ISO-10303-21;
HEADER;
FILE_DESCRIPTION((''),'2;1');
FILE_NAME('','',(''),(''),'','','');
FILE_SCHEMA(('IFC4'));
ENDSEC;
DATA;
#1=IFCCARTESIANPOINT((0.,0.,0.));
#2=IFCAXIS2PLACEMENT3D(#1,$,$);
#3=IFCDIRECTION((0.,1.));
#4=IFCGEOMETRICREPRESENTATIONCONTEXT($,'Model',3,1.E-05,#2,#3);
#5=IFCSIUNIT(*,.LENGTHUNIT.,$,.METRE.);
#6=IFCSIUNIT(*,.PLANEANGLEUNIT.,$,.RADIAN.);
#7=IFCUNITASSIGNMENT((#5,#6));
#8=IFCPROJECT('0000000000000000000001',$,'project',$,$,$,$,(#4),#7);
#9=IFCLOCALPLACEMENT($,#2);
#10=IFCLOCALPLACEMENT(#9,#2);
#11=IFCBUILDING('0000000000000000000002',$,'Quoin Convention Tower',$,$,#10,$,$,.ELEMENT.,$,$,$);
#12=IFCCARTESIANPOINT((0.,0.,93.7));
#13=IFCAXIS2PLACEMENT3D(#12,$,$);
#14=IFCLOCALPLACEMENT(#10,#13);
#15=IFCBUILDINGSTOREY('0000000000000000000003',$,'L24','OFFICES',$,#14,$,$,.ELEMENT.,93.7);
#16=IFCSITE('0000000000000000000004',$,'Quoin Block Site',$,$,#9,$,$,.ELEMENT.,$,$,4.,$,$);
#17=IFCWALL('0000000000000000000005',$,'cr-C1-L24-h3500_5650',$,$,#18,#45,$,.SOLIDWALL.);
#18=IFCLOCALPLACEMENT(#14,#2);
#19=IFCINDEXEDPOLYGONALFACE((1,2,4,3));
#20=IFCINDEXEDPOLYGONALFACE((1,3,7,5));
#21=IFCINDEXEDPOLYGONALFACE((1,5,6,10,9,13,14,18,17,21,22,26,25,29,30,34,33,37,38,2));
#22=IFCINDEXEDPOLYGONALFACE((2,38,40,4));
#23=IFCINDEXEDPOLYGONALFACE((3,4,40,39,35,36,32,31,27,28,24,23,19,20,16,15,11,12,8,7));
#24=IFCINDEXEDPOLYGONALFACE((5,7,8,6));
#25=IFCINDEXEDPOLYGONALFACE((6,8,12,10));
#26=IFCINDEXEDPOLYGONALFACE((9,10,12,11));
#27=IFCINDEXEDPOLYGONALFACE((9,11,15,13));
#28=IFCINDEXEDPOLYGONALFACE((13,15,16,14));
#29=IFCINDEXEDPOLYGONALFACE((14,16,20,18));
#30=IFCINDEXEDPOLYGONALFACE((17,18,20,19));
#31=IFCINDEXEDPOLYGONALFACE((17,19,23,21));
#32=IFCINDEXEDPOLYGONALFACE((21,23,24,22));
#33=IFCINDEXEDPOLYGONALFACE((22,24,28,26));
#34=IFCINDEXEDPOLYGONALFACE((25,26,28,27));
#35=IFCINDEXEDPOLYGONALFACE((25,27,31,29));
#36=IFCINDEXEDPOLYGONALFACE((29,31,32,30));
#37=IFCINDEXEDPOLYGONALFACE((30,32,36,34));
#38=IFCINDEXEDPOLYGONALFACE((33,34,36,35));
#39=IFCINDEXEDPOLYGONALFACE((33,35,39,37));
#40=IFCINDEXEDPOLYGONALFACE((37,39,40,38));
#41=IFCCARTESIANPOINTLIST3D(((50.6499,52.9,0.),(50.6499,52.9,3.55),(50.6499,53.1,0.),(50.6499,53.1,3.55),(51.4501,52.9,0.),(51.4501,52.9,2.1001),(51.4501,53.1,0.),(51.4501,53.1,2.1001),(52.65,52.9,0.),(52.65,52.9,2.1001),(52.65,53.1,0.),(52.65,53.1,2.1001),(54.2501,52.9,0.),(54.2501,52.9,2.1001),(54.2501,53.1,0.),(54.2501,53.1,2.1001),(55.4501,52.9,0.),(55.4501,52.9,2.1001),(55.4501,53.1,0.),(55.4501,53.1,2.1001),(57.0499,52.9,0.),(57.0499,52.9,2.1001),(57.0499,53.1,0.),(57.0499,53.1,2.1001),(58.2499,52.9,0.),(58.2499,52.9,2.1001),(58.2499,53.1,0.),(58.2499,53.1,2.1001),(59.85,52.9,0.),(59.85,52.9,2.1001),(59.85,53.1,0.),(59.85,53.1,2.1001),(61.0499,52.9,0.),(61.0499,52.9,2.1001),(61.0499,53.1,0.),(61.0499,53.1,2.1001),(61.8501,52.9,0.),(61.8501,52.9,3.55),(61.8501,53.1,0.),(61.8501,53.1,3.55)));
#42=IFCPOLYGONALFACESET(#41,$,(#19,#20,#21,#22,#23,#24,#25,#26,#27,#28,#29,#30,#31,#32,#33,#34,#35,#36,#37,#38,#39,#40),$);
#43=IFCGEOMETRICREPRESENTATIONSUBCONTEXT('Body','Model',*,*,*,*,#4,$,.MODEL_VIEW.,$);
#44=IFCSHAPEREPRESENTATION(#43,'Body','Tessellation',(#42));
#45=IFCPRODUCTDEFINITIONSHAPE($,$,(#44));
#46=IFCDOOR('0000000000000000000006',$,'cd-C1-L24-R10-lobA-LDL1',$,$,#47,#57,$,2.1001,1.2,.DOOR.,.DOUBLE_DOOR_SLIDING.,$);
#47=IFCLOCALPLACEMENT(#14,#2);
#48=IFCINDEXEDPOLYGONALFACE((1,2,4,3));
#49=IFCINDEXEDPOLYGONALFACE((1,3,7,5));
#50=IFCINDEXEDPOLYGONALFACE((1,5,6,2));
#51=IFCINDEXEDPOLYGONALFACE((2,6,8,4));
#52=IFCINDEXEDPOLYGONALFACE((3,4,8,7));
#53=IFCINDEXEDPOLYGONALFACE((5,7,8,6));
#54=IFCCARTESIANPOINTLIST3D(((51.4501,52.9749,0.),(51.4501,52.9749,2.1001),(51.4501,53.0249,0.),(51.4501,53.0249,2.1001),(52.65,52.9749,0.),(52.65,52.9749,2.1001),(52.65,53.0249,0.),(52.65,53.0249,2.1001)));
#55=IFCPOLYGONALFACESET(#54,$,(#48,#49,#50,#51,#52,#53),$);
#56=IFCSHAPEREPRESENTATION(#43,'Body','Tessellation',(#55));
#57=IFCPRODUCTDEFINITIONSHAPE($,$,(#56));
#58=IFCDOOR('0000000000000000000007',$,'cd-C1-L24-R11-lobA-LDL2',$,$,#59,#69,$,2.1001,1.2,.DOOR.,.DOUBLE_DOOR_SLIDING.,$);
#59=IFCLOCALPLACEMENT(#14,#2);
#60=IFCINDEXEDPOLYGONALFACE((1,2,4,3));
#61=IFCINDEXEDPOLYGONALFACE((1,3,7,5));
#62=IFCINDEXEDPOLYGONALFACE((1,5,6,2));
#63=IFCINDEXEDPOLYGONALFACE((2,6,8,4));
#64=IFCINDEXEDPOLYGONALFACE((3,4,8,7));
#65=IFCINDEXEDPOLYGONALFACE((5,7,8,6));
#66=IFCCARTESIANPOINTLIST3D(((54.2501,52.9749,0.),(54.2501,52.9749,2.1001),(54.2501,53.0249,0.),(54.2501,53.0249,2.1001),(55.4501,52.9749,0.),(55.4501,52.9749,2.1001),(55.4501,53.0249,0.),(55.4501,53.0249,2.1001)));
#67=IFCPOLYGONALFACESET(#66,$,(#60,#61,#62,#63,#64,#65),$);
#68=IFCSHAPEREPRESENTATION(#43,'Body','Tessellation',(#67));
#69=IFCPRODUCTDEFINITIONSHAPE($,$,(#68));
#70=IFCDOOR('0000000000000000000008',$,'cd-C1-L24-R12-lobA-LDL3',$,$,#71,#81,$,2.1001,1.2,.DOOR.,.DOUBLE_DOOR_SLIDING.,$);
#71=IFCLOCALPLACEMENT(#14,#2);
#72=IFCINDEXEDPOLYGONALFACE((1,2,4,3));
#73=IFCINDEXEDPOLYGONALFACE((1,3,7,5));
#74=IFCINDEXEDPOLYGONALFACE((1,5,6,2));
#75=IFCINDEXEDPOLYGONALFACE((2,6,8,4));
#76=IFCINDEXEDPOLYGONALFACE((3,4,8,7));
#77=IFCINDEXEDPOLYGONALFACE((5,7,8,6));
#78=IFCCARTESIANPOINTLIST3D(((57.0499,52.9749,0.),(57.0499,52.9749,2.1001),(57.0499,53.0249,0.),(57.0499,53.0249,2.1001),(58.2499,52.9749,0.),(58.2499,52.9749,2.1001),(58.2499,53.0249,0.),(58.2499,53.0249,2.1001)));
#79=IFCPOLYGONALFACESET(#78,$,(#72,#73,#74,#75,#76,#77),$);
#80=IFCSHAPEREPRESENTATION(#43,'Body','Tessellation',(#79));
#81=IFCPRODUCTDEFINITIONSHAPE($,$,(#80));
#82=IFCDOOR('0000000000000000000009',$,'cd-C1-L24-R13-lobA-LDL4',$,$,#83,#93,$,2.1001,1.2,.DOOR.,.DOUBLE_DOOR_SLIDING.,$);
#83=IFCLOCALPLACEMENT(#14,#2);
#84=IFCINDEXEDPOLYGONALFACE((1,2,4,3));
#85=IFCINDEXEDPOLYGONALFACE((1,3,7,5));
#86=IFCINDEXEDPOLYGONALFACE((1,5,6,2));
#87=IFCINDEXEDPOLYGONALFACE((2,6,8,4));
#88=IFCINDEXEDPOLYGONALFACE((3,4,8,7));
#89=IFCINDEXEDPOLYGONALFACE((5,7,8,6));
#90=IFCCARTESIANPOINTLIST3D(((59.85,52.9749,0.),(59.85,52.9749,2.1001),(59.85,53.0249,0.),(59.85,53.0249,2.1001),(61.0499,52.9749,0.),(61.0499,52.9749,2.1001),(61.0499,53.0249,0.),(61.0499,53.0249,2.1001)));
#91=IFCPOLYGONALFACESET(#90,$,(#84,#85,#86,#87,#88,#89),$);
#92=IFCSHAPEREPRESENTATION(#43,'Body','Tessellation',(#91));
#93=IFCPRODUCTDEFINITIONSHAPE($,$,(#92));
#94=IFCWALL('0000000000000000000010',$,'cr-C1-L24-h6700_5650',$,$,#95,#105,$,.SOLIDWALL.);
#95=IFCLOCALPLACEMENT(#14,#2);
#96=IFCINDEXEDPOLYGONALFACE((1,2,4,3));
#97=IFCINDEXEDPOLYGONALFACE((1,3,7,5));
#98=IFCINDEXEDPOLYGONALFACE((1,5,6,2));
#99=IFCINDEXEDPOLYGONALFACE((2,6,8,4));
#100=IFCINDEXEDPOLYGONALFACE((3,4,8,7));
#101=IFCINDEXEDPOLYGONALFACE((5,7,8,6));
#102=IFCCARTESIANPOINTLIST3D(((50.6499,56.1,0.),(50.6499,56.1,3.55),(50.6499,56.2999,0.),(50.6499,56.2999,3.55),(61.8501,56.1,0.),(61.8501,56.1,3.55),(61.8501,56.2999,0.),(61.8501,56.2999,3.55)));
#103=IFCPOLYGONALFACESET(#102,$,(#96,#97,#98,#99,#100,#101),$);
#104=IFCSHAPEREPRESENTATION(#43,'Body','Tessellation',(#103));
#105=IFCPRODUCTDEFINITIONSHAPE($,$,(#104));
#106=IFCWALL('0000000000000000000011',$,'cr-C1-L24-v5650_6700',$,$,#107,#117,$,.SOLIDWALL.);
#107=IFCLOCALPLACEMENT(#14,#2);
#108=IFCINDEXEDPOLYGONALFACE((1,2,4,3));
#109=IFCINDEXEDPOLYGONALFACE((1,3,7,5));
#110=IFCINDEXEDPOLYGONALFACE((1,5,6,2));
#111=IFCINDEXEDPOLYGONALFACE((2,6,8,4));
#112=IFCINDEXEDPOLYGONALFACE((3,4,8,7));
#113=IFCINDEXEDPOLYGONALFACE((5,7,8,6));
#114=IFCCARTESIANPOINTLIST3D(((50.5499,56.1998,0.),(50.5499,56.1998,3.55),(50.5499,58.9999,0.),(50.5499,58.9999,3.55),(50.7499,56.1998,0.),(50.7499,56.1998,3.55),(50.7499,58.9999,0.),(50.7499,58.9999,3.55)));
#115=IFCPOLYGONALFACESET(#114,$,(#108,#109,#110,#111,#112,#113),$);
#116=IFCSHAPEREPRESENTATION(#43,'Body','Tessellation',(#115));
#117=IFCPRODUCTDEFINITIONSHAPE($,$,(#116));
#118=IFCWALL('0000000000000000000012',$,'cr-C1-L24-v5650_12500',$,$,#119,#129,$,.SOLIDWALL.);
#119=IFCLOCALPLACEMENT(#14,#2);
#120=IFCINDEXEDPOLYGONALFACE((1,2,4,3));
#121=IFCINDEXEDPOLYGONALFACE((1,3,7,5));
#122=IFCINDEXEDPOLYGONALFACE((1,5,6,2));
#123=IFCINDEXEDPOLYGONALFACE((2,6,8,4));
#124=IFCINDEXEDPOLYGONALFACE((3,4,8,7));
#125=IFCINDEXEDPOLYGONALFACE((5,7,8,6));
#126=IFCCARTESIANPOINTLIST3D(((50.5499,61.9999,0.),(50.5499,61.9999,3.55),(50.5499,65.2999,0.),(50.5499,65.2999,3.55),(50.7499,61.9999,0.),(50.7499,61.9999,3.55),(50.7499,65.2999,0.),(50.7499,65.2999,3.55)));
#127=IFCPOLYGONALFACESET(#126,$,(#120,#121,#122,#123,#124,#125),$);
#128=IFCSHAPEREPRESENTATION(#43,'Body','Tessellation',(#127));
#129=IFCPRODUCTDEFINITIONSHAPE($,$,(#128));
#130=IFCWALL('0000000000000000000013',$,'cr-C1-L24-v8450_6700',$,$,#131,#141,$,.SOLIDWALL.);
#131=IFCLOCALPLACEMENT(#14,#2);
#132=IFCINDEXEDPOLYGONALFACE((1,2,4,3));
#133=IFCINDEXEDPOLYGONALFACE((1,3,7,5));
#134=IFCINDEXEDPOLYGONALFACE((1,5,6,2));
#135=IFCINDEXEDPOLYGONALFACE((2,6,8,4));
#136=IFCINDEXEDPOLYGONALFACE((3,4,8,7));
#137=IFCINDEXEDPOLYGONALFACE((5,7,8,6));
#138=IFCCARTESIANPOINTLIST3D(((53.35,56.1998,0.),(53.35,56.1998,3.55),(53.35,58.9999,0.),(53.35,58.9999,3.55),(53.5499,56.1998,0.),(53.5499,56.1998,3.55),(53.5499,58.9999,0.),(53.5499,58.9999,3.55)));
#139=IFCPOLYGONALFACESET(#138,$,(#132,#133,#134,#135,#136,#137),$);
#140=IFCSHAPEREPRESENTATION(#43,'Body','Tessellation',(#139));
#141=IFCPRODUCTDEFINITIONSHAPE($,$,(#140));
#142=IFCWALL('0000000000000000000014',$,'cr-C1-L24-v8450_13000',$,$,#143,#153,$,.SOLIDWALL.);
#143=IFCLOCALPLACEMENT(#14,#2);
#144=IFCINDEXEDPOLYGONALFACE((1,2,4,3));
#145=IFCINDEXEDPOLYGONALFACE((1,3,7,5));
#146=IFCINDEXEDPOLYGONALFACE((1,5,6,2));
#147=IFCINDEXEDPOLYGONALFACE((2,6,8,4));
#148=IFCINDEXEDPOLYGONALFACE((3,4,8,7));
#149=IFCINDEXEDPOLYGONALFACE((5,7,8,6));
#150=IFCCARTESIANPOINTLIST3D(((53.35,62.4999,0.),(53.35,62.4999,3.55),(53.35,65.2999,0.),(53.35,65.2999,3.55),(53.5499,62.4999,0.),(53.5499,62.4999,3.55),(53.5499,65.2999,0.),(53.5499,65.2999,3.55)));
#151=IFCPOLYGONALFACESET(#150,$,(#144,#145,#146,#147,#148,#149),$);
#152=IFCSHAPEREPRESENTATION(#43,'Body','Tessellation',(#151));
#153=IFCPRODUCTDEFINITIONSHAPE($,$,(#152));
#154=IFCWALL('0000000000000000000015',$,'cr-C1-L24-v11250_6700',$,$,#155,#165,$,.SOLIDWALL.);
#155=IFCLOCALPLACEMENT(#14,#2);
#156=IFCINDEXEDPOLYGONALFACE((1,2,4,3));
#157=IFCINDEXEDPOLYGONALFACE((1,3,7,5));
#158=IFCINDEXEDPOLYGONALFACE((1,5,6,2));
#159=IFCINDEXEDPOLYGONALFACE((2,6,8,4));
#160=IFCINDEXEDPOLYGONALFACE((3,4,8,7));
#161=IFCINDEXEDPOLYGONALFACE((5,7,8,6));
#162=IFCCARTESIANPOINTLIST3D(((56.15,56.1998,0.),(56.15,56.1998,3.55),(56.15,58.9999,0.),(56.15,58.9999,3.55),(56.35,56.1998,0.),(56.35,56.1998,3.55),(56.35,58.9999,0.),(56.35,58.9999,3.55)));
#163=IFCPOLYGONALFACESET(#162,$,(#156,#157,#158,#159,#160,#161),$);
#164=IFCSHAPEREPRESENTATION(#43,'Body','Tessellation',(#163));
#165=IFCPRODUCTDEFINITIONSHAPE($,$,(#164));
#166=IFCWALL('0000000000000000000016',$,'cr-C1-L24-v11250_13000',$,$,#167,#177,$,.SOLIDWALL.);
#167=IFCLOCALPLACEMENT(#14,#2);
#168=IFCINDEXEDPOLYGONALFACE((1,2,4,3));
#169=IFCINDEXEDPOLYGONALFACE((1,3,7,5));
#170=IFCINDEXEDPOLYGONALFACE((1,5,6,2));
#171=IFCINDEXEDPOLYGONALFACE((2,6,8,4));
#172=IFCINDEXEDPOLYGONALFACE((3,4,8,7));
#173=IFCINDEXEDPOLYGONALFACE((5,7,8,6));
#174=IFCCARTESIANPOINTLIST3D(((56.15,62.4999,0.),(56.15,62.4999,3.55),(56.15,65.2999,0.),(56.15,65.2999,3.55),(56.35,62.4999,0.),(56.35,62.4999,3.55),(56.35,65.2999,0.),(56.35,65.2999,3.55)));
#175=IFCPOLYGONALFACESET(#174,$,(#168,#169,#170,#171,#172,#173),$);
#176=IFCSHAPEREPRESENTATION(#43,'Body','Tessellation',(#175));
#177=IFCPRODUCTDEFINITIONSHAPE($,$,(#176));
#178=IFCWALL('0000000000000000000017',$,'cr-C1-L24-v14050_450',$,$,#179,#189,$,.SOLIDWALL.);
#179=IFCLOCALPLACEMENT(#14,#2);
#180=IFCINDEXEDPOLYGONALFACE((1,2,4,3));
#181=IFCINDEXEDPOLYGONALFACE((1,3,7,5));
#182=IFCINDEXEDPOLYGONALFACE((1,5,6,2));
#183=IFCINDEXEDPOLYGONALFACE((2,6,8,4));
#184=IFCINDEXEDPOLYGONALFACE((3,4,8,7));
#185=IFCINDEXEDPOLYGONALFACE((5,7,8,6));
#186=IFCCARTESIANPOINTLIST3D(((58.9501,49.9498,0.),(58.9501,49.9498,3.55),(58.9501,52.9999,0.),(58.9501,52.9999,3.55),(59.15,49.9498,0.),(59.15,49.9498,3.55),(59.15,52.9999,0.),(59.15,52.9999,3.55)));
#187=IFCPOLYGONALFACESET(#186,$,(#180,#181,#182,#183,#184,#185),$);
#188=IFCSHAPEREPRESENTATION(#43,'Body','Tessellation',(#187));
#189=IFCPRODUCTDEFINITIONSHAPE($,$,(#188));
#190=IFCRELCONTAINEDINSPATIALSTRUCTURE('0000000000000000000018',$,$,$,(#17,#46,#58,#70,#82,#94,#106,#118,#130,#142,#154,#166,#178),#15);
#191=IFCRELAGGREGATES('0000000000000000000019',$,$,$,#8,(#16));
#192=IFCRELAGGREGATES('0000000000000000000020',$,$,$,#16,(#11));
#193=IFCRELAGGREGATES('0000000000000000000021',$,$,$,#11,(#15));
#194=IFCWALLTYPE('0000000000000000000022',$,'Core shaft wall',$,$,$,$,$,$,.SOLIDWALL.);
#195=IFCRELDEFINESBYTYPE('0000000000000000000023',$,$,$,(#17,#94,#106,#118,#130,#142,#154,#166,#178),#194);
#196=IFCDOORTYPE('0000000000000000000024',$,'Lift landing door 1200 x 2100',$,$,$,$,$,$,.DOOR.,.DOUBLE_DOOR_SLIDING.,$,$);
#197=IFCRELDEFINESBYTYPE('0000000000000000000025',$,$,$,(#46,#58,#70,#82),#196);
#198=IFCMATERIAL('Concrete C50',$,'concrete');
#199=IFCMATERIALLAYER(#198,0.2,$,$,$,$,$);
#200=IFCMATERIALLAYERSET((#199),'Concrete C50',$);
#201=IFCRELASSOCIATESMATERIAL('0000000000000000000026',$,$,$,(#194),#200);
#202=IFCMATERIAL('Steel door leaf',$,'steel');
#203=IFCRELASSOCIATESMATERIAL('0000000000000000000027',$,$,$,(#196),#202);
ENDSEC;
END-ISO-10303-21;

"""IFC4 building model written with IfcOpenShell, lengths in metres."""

from ifc_helpers import new_model, si_unit, direction, frame, frame_2d, origin, place, context, subcontext, project, spatial, rectangle, extrude, material, layer, layer_set, type_object, element, fill, save


model = new_model("IFC4")

# Units and contexts
model_context = context("Model", 3, precision=1e-05, world=origin(), true_north=direction((0.0, 1.0)))
body_context = subcontext(model_context, "Body", "Model", "MODEL_VIEW")
ifc_project = project(units=[si_unit("LENGTHUNIT", "METRE"), si_unit("PLANEANGLEUNIT", "RADIAN")], contexts=[model_context])

# Site, building, storey
site_placement = place(None, origin())
site = spatial("IfcSite", under=ifc_project, at=site_placement, Name="Quoin Block Site", CompositionType="ELEMENT", RefElevation=4.0)
building_placement = place(site_placement, origin())
building = spatial("IfcBuilding", under=site, at=building_placement, Name="Quoin Convention Tower", CompositionType="ELEMENT")
storey_placement = place(building_placement, frame((0.0, 0.0, 93.7)))
storey = spatial("IfcBuildingStorey", under=building, at=storey_placement, Name="L24", Description="OFFICES", CompositionType="ELEMENT", Elevation=93.7)

# Wall, openings, doors
ifc_material_1 = material(Name="Concrete C50", Category="concrete")
ifc_layer_1 = layer(ifc_material_1, 0.2)
ifc_layer_set_1 = layer_set([ifc_layer_1], Name="Concrete C50")
wall_type_1 = type_object("IfcWallType", Name="Core shaft wall", PredefinedType="SOLIDWALL", material=ifc_layer_set_1)
wall_1_placement = place(storey_placement, frame((50.6499, 53.0, 0.0), z_axis=(0.0, 0.0, 1.0), x_axis=(1.0, 0.0, 0.0)))
wall_1 = element("IfcWall", 1, at=wall_1_placement, inside=storey, type_object=wall_type_1, Name="cr-C1-L24-h3500_5650", PredefinedType="SOLIDWALL", context=body_context, shape_type="SweptSolid", body=[
    extrude(rectangle(XDim=11.2002, YDim=0.2, at=frame_2d((5.6001, 0.0))), origin(), (0.0, 0.0, 1.0), 3.55),
])
opening_1_placement = place(wall_1_placement, frame((0.8, 0.0, 0.0)))
opening_1 = element("IfcOpeningElement", 2, at=opening_1_placement, cuts=wall_1, PredefinedType="OPENING", context=body_context, shape_type="SweptSolid", body=[
    extrude(rectangle(XDim=1.2, YDim=2.1001, at=frame_2d((0.6001, 1.05))), frame((0.0, 0.1099, 0.0), z_axis=(0.0, -1.0, 0.0), x_axis=(1.0, 0.0, 0.0)), (0.0, 0.0, 1.0), 0.22),
])
opening_2_placement = place(wall_1_placement, frame((3.6001, 0.0, 0.0)))
opening_2 = element("IfcOpeningElement", 3, at=opening_2_placement, cuts=wall_1, PredefinedType="OPENING", context=body_context, shape_type="SweptSolid", body=[
    extrude(rectangle(XDim=1.2, YDim=2.1001, at=frame_2d((0.6001, 1.05))), frame((0.0, 0.1099, 0.0), z_axis=(0.0, -1.0, 0.0), x_axis=(1.0, 0.0, 0.0)), (0.0, 0.0, 1.0), 0.22),
])
opening_3_placement = place(wall_1_placement, frame((6.3999, 0.0, 0.0)))
opening_3 = element("IfcOpeningElement", 4, at=opening_3_placement, cuts=wall_1, PredefinedType="OPENING", context=body_context, shape_type="SweptSolid", body=[
    extrude(rectangle(XDim=1.2, YDim=2.1001, at=frame_2d((0.6001, 1.05))), frame((0.0, 0.1099, 0.0), z_axis=(0.0, -1.0, 0.0), x_axis=(1.0, 0.0, 0.0)), (0.0, 0.0, 1.0), 0.22),
])
opening_4_placement = place(wall_1_placement, frame((9.2, 0.0, 0.0)))
opening_4 = element("IfcOpeningElement", 5, at=opening_4_placement, cuts=wall_1, PredefinedType="OPENING", context=body_context, shape_type="SweptSolid", body=[
    extrude(rectangle(XDim=1.2, YDim=2.1001, at=frame_2d((0.6001, 1.05))), frame((0.0, 0.1099, 0.0), z_axis=(0.0, -1.0, 0.0), x_axis=(1.0, 0.0, 0.0)), (0.0, 0.0, 1.0), 0.22),
])
ifc_material_2 = material(Name="Steel door leaf", Category="steel")
door_type = type_object("IfcDoorType", Name="Lift landing door 1200 x 2100", OperationType="DOUBLE_DOOR_SLIDING", PredefinedType="DOOR", material=ifc_material_2)
door_1_placement = place(opening_1_placement, origin())
door_1 = element("IfcDoor", 6, at=door_1_placement, inside=storey, type_object=door_type, Name="cd-C1-L24-R10-lobA-LDL1", OperationType="DOUBLE_DOOR_SLIDING", OverallHeight=2.1001, OverallWidth=1.2, PredefinedType="DOOR", context=body_context, shape_type="SweptSolid", body=[
    extrude(rectangle(XDim=1.2, YDim=2.1001, at=frame_2d((0.6001, 1.05))), frame((0.0, 0.0249, 0.0), z_axis=(0.0, -1.0, 0.0), x_axis=(1.0, 0.0, 0.0)), (0.0, 0.0, 1.0), 0.05),
])
fill(opening_1, door_1)
door_2_placement = place(opening_2_placement, origin())
door_2 = element("IfcDoor", 7, at=door_2_placement, inside=storey, type_object=door_type, Name="cd-C1-L24-R11-lobA-LDL2", OperationType="DOUBLE_DOOR_SLIDING", OverallHeight=2.1001, OverallWidth=1.2, PredefinedType="DOOR", context=body_context, shape_type="SweptSolid", body=[
    extrude(rectangle(XDim=1.2, YDim=2.1001, at=frame_2d((0.6001, 1.05))), frame((0.0, 0.0249, 0.0), z_axis=(0.0, -1.0, 0.0), x_axis=(1.0, 0.0, 0.0)), (0.0, 0.0, 1.0), 0.05),
])
fill(opening_2, door_2)
door_3_placement = place(opening_3_placement, origin())
door_3 = element("IfcDoor", 8, at=door_3_placement, inside=storey, type_object=door_type, Name="cd-C1-L24-R12-lobA-LDL3", OperationType="DOUBLE_DOOR_SLIDING", OverallHeight=2.1001, OverallWidth=1.2, PredefinedType="DOOR", context=body_context, shape_type="SweptSolid", body=[
    extrude(rectangle(XDim=1.2, YDim=2.1001, at=frame_2d((0.6001, 1.05))), frame((0.0, 0.0249, 0.0), z_axis=(0.0, -1.0, 0.0), x_axis=(1.0, 0.0, 0.0)), (0.0, 0.0, 1.0), 0.05),
])
fill(opening_3, door_3)
door_4_placement = place(opening_4_placement, origin())
door_4 = element("IfcDoor", 9, at=door_4_placement, inside=storey, type_object=door_type, Name="cd-C1-L24-R13-lobA-LDL4", OperationType="DOUBLE_DOOR_SLIDING", OverallHeight=2.1001, OverallWidth=1.2, PredefinedType="DOOR", context=body_context, shape_type="SweptSolid", body=[
    extrude(rectangle(XDim=1.2, YDim=2.1001, at=frame_2d((0.6001, 1.05))), frame((0.0, 0.0249, 0.0), z_axis=(0.0, -1.0, 0.0), x_axis=(1.0, 0.0, 0.0)), (0.0, 0.0, 1.0), 0.05),
])
fill(opening_4, door_4)

# Walls
wall_2_placement = place(storey_placement, frame((50.6499, 56.2, 0.0), z_axis=(0.0, 0.0, 1.0), x_axis=(1.0, 0.0, 0.0)))
element("IfcWall", 10, at=wall_2_placement, inside=storey, type_object=wall_type_1, Name="cr-C1-L24-h6700_5650", PredefinedType="SOLIDWALL", context=body_context, shape_type="SweptSolid", body=[
    extrude(rectangle(XDim=11.2002, YDim=0.2, at=frame_2d((5.6001, 0.0))), origin(), (0.0, 0.0, 1.0), 3.55),
])
wall_3_placement = place(storey_placement, frame((50.6499, 56.2, 0.0), z_axis=(0.0, 0.0, 1.0), x_axis=(0.0, 1.0, 0.0)))
element("IfcWall", 11, at=wall_3_placement, inside=storey, type_object=wall_type_1, Name="cr-C1-L24-v5650_6700", PredefinedType="SOLIDWALL", context=body_context, shape_type="SweptSolid", body=[
    extrude(rectangle(XDim=2.8, YDim=0.2, at=frame_2d((1.3999, 0.0))), origin(), (0.0, 0.0, 1.0), 3.55),
])
wall_4_placement = place(storey_placement, frame((50.6499, 62.0, 0.0), z_axis=(0.0, 0.0, 1.0), x_axis=(0.0, 1.0, 0.0)))
element("IfcWall", 12, at=wall_4_placement, inside=storey, type_object=wall_type_1, Name="cr-C1-L24-v5650_12500", PredefinedType="SOLIDWALL", context=body_context, shape_type="SweptSolid", body=[
    extrude(rectangle(XDim=3.3, YDim=0.2, at=frame_2d((1.6499, 0.0))), origin(), (0.0, 0.0, 1.0), 3.55),
])
for number, where, z_axis, x_axis, name in (
    (13, (53.45, 56.2, 0.0), (0.0, 0.0, 1.0), (0.0, 1.0, 0.0), "cr-C1-L24-v8450_6700"),
    (14, (53.45, 62.5, 0.0), (0.0, 0.0, 1.0), (0.0, 1.0, 0.0), "cr-C1-L24-v8450_13000"),
    (15, (56.25, 56.2, 0.0), (0.0, 0.0, 1.0), (0.0, 1.0, 0.0), "cr-C1-L24-v11250_6700"),
    (16, (56.25, 62.5, 0.0), (0.0, 0.0, 1.0), (0.0, 1.0, 0.0), "cr-C1-L24-v11250_13000"),
):
    element("IfcWall", number, at=place(storey_placement, frame(where, z_axis=z_axis, x_axis=x_axis)), inside=storey, type_object=wall_type_1, Name=name, PredefinedType="SOLIDWALL", context=body_context, shape_type="SweptSolid", body=[
        extrude(rectangle(XDim=2.8, YDim=0.2, at=frame_2d((1.3999, 0.0))), origin(), (0.0, 0.0, 1.0), 3.55),
    ])
wall_5_placement = place(storey_placement, frame((59.05, 49.95, 0.0), z_axis=(0.0, 0.0, 1.0), x_axis=(0.0, 1.0, 0.0)))
element("IfcWall", 17, at=wall_5_placement, inside=storey, type_object=wall_type_1, Name="cr-C1-L24-v14050_450", PredefinedType="SOLIDWALL", context=body_context, shape_type="SweptSolid", body=[
    extrude(rectangle(XDim=3.05, YDim=0.2, at=frame_2d((1.5249, 0.0))), origin(), (0.0, 0.0, 1.0), 3.55),
])

save(model, "model.ifc")
